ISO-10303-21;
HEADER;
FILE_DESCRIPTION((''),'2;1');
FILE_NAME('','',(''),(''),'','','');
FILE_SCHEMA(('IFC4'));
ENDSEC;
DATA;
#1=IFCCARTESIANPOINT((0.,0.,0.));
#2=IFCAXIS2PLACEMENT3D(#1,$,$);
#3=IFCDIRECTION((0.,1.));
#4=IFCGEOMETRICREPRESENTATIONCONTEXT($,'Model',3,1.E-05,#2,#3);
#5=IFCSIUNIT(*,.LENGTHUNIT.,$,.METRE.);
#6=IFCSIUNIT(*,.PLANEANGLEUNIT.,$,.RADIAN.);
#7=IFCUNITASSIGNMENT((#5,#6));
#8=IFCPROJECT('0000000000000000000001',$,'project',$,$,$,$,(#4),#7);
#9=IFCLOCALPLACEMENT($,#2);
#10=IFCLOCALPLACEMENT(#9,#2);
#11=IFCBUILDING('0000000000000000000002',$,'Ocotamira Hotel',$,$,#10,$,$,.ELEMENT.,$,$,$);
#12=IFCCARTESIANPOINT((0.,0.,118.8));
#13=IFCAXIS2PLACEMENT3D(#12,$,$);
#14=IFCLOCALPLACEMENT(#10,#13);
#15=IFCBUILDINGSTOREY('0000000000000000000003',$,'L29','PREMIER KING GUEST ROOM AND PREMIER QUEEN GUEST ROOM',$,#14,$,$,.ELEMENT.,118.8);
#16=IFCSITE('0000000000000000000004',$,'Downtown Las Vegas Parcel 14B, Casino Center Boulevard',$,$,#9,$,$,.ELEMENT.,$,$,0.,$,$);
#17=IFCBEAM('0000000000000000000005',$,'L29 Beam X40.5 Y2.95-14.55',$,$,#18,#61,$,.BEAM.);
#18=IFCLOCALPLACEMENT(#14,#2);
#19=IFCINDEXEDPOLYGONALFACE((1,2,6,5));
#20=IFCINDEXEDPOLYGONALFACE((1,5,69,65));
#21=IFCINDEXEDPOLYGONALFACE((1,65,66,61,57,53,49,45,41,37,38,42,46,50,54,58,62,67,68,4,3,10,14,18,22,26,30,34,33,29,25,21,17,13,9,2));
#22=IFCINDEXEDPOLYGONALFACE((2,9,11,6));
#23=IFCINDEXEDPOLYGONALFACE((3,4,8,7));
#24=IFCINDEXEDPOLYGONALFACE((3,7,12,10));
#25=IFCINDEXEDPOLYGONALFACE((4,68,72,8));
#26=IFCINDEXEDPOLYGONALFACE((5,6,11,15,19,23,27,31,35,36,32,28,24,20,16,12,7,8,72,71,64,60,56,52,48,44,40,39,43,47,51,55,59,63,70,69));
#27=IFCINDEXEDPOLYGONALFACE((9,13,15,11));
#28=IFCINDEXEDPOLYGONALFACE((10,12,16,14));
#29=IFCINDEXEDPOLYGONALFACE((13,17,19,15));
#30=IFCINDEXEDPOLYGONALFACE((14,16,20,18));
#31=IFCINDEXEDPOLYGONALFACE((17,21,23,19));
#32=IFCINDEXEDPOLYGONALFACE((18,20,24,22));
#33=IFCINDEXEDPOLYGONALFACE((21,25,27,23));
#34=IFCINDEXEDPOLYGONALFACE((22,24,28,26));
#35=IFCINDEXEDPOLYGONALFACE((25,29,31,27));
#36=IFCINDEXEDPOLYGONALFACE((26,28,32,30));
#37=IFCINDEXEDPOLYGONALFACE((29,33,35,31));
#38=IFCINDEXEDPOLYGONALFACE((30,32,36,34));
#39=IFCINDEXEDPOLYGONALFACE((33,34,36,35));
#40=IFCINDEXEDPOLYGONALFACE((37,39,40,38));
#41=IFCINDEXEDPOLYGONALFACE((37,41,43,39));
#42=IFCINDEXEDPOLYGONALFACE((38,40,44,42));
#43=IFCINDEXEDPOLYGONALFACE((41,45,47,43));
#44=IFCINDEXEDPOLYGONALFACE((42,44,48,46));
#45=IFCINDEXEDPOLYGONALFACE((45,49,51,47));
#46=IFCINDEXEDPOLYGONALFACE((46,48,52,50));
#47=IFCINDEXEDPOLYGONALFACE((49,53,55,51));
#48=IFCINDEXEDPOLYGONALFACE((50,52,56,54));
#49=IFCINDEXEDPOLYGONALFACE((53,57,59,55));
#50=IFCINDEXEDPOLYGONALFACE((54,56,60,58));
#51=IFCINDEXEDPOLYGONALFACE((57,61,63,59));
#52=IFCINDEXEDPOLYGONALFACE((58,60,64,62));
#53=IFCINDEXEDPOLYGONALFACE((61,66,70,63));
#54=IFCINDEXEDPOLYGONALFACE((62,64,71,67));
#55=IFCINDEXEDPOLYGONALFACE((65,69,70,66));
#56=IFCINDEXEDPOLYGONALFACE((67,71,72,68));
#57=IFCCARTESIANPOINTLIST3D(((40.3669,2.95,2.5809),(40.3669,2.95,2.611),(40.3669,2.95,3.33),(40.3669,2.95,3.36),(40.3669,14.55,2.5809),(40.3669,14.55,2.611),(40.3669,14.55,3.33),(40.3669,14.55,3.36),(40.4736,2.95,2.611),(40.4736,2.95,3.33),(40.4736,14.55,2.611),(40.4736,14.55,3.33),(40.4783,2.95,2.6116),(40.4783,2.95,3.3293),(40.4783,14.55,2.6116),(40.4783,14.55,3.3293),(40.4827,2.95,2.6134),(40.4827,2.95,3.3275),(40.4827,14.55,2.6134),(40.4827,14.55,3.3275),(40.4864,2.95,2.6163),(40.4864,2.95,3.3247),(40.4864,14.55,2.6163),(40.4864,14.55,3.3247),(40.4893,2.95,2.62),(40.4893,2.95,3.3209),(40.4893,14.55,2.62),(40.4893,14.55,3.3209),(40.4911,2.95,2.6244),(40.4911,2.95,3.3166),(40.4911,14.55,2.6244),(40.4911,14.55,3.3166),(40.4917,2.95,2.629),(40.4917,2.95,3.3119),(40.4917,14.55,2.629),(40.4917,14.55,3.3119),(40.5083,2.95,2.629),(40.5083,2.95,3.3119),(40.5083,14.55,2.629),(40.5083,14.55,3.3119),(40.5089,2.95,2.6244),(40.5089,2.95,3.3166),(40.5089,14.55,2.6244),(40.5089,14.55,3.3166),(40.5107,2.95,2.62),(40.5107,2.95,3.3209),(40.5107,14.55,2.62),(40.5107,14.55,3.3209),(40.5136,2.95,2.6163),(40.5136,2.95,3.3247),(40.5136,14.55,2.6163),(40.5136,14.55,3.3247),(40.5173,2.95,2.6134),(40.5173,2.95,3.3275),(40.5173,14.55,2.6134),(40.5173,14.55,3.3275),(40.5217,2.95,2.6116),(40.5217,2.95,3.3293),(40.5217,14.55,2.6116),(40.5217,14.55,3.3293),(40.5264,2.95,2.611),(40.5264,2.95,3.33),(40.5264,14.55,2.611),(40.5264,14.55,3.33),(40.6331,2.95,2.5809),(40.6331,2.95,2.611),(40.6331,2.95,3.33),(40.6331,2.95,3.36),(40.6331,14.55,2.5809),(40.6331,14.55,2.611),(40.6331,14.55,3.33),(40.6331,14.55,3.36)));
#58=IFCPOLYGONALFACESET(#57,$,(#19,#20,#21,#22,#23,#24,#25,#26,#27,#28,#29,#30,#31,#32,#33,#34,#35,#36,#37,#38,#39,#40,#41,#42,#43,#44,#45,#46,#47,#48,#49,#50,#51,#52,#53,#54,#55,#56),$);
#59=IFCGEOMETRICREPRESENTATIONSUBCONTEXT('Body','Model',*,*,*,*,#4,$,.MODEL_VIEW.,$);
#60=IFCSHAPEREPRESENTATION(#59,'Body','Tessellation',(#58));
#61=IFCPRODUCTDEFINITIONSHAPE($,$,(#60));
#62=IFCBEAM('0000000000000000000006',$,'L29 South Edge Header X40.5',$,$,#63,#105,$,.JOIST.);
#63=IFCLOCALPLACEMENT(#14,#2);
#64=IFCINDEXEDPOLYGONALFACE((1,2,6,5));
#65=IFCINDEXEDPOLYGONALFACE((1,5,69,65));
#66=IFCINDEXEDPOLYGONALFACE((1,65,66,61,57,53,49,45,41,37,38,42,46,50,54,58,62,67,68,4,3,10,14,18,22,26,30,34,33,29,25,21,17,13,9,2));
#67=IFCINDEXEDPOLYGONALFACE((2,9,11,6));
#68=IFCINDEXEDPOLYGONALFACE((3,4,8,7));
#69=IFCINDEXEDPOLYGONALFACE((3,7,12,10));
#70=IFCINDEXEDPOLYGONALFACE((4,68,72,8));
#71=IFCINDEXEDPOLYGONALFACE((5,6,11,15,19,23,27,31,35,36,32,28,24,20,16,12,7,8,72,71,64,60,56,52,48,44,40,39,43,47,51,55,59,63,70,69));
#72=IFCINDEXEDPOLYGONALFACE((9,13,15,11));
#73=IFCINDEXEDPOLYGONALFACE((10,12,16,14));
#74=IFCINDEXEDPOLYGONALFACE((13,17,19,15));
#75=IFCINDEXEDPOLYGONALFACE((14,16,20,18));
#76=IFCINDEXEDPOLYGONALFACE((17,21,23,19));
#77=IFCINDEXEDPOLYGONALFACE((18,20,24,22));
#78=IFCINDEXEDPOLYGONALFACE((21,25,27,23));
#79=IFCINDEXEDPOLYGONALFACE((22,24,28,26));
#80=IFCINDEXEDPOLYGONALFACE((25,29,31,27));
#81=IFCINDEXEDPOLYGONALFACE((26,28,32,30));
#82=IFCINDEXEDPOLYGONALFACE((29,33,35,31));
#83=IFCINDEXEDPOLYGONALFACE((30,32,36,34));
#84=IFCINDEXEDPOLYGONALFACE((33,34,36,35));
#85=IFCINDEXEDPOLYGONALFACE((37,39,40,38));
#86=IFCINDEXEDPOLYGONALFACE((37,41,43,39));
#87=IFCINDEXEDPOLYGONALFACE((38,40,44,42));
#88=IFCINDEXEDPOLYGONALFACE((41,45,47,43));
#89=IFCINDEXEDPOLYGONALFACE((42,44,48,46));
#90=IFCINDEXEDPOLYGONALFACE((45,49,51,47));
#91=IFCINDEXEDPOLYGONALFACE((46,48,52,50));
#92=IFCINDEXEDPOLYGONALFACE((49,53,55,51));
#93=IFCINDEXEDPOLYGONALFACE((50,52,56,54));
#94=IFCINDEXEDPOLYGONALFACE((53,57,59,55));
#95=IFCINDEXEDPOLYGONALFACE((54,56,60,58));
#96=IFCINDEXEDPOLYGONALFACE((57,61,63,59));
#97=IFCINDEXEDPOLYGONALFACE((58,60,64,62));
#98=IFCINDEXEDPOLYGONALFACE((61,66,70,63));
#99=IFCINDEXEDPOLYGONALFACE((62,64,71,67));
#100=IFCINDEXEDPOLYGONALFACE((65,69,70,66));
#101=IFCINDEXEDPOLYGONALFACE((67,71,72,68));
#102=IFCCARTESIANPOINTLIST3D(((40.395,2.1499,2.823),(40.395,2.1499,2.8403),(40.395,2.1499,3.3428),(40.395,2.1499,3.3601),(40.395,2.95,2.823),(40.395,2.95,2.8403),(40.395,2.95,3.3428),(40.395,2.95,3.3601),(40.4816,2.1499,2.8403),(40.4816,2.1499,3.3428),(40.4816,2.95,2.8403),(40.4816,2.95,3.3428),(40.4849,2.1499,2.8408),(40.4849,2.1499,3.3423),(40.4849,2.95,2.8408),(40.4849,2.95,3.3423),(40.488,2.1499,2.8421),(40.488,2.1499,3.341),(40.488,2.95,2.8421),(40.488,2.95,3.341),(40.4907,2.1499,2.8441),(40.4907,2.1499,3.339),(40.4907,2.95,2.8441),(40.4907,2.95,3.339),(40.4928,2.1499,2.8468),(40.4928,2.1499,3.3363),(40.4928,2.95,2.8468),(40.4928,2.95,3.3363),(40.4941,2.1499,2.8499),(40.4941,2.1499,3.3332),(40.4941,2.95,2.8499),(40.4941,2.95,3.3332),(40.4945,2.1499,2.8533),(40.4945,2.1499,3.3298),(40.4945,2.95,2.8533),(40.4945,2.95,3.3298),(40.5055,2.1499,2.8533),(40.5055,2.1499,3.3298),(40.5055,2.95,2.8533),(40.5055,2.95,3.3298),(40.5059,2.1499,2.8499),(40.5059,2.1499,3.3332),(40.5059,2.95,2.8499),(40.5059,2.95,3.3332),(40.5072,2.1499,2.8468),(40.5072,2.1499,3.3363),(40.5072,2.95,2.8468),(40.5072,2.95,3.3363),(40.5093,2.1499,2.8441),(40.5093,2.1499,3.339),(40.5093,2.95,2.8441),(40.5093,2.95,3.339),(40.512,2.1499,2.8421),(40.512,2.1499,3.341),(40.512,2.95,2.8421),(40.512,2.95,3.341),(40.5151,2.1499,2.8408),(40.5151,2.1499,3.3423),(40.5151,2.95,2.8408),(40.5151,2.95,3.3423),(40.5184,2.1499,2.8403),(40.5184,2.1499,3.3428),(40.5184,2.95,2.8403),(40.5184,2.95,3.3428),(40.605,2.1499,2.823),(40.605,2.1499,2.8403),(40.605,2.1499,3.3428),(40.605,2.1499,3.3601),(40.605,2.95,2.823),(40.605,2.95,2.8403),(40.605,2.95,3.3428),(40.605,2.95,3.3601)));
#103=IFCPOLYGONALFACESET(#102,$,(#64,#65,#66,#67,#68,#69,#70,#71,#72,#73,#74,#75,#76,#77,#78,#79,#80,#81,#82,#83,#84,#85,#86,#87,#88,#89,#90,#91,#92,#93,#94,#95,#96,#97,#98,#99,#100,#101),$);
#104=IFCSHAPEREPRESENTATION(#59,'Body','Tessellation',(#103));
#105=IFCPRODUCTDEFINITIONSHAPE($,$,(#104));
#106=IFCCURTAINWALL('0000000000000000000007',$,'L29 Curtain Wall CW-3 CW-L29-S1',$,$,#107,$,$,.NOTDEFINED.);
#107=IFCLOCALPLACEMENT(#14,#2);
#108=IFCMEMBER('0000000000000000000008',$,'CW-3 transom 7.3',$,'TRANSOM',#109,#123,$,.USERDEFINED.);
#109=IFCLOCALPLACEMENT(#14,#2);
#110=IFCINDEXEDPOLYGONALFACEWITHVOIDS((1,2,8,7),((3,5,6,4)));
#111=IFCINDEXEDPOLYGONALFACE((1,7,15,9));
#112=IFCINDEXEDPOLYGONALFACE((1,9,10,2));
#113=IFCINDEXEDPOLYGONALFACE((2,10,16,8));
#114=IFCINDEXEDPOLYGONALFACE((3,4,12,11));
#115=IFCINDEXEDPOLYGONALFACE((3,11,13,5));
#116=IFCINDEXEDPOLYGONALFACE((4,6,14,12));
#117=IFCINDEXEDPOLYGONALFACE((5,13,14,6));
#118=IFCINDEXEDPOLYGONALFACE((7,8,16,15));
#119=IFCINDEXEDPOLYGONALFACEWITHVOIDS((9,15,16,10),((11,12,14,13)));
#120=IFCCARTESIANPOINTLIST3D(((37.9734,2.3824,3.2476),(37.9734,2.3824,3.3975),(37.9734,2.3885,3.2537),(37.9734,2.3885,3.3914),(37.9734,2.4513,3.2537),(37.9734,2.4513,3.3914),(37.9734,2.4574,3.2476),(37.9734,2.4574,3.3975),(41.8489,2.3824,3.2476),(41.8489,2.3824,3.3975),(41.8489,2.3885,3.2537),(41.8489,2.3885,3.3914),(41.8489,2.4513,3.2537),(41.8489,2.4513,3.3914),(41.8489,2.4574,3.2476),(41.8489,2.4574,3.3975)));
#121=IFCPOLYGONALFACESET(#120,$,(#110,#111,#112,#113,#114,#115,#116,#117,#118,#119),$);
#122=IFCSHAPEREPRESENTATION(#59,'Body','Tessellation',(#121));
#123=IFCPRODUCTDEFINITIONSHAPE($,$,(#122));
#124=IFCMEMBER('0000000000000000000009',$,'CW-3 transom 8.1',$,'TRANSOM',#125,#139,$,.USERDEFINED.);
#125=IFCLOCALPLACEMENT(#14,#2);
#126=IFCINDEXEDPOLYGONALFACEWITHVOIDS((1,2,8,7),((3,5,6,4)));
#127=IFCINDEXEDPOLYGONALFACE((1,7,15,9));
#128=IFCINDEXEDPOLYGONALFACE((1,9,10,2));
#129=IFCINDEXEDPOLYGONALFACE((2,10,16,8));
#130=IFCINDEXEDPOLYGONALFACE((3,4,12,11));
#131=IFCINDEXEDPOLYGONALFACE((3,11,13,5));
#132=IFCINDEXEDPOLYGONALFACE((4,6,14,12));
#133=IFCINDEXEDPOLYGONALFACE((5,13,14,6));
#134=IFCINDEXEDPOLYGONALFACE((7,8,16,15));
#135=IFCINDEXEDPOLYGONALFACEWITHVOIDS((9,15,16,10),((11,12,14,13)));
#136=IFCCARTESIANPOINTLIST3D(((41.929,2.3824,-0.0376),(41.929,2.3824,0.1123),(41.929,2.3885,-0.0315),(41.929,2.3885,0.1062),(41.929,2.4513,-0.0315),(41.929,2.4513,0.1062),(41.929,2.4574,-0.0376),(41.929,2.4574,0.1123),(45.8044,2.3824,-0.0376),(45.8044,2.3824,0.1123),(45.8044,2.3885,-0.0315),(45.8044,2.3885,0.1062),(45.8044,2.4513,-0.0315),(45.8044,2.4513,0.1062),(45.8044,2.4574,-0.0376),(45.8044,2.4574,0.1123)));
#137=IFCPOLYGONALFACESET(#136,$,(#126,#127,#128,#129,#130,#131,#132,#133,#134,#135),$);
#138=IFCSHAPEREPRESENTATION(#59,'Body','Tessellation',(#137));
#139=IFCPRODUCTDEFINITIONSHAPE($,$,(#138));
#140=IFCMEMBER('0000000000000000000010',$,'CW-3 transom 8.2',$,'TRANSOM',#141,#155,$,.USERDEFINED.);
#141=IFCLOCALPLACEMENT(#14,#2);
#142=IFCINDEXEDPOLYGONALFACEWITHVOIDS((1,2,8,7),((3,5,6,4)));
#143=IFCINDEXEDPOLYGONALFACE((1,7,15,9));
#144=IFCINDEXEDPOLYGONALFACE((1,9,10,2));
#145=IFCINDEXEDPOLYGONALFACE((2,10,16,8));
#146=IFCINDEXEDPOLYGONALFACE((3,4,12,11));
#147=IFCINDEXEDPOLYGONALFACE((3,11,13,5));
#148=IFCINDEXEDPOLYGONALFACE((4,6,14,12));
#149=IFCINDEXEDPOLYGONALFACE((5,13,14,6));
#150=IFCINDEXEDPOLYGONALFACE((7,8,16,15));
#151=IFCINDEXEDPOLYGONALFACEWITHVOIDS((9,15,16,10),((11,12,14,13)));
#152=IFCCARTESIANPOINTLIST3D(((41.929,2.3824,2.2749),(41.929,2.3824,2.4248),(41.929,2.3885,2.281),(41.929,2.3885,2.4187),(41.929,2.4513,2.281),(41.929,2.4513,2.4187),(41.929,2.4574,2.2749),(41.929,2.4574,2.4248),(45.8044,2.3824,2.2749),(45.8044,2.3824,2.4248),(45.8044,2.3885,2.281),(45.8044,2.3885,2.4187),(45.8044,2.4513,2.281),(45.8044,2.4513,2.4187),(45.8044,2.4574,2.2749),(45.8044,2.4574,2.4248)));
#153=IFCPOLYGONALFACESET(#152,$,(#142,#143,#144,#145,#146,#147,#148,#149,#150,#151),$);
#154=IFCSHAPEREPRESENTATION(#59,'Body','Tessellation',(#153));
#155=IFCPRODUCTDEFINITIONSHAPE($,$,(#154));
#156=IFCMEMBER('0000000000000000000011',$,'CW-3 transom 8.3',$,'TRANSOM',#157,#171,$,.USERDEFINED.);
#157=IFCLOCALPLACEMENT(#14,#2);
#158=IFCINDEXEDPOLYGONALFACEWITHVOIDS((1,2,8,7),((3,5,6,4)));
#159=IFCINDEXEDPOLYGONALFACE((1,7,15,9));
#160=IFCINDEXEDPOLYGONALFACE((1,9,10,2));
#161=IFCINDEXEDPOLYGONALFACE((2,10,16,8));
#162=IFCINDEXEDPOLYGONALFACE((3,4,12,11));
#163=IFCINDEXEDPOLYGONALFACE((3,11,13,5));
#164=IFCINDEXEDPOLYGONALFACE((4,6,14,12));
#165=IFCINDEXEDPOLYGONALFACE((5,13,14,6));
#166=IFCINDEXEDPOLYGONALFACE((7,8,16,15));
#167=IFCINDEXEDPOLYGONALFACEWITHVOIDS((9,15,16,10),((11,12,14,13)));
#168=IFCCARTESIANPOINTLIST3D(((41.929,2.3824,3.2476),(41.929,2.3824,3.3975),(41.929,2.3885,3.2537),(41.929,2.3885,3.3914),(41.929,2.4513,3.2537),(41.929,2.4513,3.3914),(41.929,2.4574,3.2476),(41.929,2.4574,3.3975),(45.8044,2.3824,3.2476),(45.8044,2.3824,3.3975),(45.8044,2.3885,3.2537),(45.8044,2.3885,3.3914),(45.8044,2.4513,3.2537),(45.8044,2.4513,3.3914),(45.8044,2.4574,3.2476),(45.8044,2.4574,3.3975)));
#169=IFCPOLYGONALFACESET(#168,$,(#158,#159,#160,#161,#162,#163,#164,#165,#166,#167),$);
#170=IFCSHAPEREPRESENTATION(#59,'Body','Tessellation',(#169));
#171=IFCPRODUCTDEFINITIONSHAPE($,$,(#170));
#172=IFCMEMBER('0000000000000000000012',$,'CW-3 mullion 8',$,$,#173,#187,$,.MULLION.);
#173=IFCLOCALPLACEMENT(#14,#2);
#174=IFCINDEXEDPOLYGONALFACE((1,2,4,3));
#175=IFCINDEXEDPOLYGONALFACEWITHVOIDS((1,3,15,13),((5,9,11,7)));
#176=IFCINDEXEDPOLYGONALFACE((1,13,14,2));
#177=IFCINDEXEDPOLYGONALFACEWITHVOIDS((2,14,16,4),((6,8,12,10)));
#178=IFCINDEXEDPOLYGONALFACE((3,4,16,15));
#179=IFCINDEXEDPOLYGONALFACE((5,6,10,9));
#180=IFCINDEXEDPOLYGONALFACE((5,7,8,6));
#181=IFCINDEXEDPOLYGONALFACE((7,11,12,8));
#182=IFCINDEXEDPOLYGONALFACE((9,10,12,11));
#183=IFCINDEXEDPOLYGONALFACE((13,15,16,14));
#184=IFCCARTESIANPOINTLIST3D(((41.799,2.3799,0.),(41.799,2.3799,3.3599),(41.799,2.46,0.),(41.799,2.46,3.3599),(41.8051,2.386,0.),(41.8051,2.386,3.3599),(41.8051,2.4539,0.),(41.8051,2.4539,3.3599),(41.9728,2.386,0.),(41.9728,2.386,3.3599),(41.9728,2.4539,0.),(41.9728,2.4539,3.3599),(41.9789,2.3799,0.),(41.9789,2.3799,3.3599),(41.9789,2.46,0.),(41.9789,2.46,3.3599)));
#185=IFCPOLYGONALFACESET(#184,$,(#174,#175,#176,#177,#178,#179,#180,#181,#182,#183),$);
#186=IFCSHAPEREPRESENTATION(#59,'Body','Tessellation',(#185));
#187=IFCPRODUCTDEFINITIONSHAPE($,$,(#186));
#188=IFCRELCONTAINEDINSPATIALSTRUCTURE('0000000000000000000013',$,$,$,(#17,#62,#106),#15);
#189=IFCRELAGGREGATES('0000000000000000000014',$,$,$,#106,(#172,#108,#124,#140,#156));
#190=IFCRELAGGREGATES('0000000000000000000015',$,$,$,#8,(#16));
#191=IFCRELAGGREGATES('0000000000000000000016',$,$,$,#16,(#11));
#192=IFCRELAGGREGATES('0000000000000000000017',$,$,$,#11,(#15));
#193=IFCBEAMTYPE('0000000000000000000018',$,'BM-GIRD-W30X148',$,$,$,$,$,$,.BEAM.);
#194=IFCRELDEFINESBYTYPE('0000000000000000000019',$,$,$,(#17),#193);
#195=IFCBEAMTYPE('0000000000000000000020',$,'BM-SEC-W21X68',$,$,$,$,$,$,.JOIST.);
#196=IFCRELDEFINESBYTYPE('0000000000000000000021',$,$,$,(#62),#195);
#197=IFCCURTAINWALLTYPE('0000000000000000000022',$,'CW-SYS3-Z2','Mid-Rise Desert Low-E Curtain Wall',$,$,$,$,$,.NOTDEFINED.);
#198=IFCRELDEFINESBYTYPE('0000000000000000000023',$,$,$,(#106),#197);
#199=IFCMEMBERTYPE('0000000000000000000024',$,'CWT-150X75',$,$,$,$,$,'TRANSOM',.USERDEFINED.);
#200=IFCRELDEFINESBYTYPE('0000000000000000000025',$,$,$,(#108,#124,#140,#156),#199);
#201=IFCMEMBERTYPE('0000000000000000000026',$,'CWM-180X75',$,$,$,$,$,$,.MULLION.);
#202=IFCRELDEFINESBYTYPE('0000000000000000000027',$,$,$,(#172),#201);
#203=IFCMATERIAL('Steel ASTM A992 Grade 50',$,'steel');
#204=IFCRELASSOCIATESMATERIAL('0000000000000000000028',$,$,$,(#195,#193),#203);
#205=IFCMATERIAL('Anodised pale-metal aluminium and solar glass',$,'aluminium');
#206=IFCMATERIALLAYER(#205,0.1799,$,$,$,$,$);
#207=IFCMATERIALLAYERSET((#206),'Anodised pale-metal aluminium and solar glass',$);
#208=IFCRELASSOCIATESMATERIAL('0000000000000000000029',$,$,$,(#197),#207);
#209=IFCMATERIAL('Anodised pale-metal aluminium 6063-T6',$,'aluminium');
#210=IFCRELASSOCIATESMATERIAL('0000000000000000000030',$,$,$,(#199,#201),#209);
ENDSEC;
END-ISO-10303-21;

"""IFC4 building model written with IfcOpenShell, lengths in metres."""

from ifc_helpers import new_model, si_unit, direction, frame, origin, origin_2d, place, context, subcontext, project, spatial, hollow_rectangle, i_section, extrude, source, transform, mapped, material, layer, layer_set, material_profile, profile_set, type_object, element, aggregate, save


model = new_model("IFC4")

# Units and contexts
model_context = context("Model", 3, precision=1e-05, world=origin(), true_north=direction((0.0, 1.0)))
body_context = subcontext(model_context, "Body", "Model", "MODEL_VIEW")
ifc_project = project(units=[si_unit("LENGTHUNIT", "METRE"), si_unit("PLANEANGLEUNIT", "RADIAN")], contexts=[model_context])

# Site, building, storey
site_placement = place(None, origin())
site = spatial("IfcSite", under=ifc_project, at=site_placement, Name="Downtown Las Vegas Parcel 14B, Casino Center Boulevard", CompositionType="ELEMENT", RefElevation=0.0)
building_placement = place(site_placement, origin())
building = spatial("IfcBuilding", under=site, at=building_placement, Name="Ocotamira Hotel", CompositionType="ELEMENT")
storey_placement = place(building_placement, frame((0.0, 0.0, 118.8)))
storey = spatial("IfcBuildingStorey", under=building, at=storey_placement, Name="L29", Description="PREMIER KING GUEST ROOM AND PREMIER QUEEN GUEST ROOM", CompositionType="ELEMENT", Elevation=118.8)

# Beams
ifc_material_1 = material(Name="Steel ASTM A992 Grade 50", Category="steel")
ifc_material_profile_1 = material_profile(ifc_material_1, i_section(OverallWidth=0.21, OverallDepth=0.5371, WebThickness=0.011, FlangeThickness=0.0173, FilletRadius=0.0129, at=origin_2d()), Name="W21X68")
ifc_profile_set_1 = profile_set([ifc_material_profile_1], Name="Steel ASTM A992 Grade 50")
beam_type_1 = type_object("IfcBeamType", Name="BM-SEC-W21X68", PredefinedType="JOIST", material=ifc_profile_set_1)
ifc_material_profile_2 = material_profile(ifc_material_1, i_section(OverallWidth=0.2661, OverallDepth=0.7791, WebThickness=0.0166, FlangeThickness=0.03, FilletRadius=0.0181, at=origin_2d()), Name="W30X148")
ifc_profile_set_2 = profile_set([ifc_material_profile_2], Name="Steel ASTM A992 Grade 50")
beam_type_2 = type_object("IfcBeamType", Name="BM-GIRD-W30X148", PredefinedType="BEAM", material=ifc_profile_set_2)
shared_shape_1 = source(origin(), body_context, "Body", "SweptSolid", [
    extrude(i_section(OverallWidth=0.2661, OverallDepth=0.7791, WebThickness=0.0166, FlangeThickness=0.03, FilletRadius=0.0181, at=origin_2d()), origin(), (0.0, 0.0, 1.0), 11.6001),
])
beam_1_placement = place(storey_placement, frame((40.5, 2.95, 2.9705), z_axis=(0.0, 1.0, 0.0), x_axis=(-1.0, 0.0, 0.0)))
element("IfcBeam", 1, at=beam_1_placement, inside=storey, type_object=beam_type_2, Name="L29 Beam X40.5 Y2.95-14.55", PredefinedType="BEAM", context=body_context, shape_type="MappedRepresentation", body=[
    mapped(shared_shape_1, transform((0.0, 0.0, 0.0), scale=1.0)),
])
shared_shape_2 = source(origin(), body_context, "Body", "SweptSolid", [
    extrude(i_section(OverallWidth=0.21, OverallDepth=0.5371, WebThickness=0.011, FlangeThickness=0.0173, FilletRadius=0.0129, at=origin_2d()), origin(), (0.0, 0.0, 1.0), 0.8),
])
beam_2_placement = place(storey_placement, frame((40.5, 2.95, 3.0916), z_axis=(0.0, -1.0, 0.0), x_axis=(1.0, 0.0, 0.0)))
element("IfcBeam", 2, at=beam_2_placement, inside=storey, type_object=beam_type_1, Name="L29 South Edge Header X40.5", PredefinedType="JOIST", context=body_context, shape_type="MappedRepresentation", body=[
    mapped(shared_shape_2, transform((0.0, 0.0, 0.0), scale=1.0)),
])

# Curtain wall, members
ifc_material_2 = material(Name="Anodised pale-metal aluminium and solar glass", Category="aluminium")
ifc_layer_1 = layer(ifc_material_2, 0.1799)
ifc_layer_set_1 = layer_set([ifc_layer_1], Name="Anodised pale-metal aluminium and solar glass")
curtain_wall_type = type_object("IfcCurtainWallType", Name="CW-SYS3-Z2", Description="Mid-Rise Desert Low-E Curtain Wall", PredefinedType="NOTDEFINED", material=ifc_layer_set_1)
curtain_wall_placement = place(storey_placement, origin())
curtain_wall = element("IfcCurtainWall", 3, at=curtain_wall_placement, inside=storey, type_object=curtain_wall_type, Name="L29 Curtain Wall CW-3 CW-L29-S1", PredefinedType="NOTDEFINED")
ifc_material_3 = material(Name="Anodised pale-metal aluminium 6063-T6", Category="aluminium")
ifc_material_profile_3 = material_profile(ifc_material_3, hollow_rectangle(XDim=0.075, YDim=0.1499, WallThickness=0.0061, at=origin_2d()), Name="HSS150X75X6")
ifc_profile_set_3 = profile_set([ifc_material_profile_3], Name="Anodised pale-metal aluminium 6063-T6")
member_type_1 = type_object("IfcMemberType", Name="CWT-150X75", ElementType="TRANSOM", PredefinedType="USERDEFINED", material=ifc_profile_set_3)
shared_shape_3 = source(origin(), body_context, "Body", "SweptSolid", [
    extrude(hollow_rectangle(XDim=0.075, YDim=0.1499, WallThickness=0.0061, at=origin_2d()), origin(), (0.0, 0.0, 1.0), 3.8755),
])
member_1_placement = place(storey_placement, frame((37.9734, 2.4199, 3.3225), z_axis=(1.0, 0.0, 0.0), x_axis=(0.0, 1.0, 0.0)))
member_1 = element("IfcMember", 4, at=member_1_placement, type_object=member_type_1, Name="CW-3 transom 7.3", ObjectType="TRANSOM", PredefinedType="USERDEFINED", context=body_context, shape_type="MappedRepresentation", body=[
    mapped(shared_shape_3, transform((0.0, 0.0, 0.0), scale=1.0)),
])
member_2_placement = place(storey_placement, frame((41.929, 2.4199, 0.0374), z_axis=(1.0, 0.0, 0.0), x_axis=(0.0, 1.0, 0.0)))
member_2 = element("IfcMember", 5, at=member_2_placement, type_object=member_type_1, Name="CW-3 transom 8.1", ObjectType="TRANSOM", PredefinedType="USERDEFINED", context=body_context, shape_type="MappedRepresentation", body=[
    mapped(shared_shape_3, transform((0.0, 0.0, 0.0), scale=1.0)),
])
member_3_placement = place(storey_placement, frame((41.929, 2.4199, 2.3499), z_axis=(1.0, 0.0, 0.0), x_axis=(0.0, 1.0, 0.0)))
member_3 = element("IfcMember", 6, at=member_3_placement, type_object=member_type_1, Name="CW-3 transom 8.2", ObjectType="TRANSOM", PredefinedType="USERDEFINED", context=body_context, shape_type="MappedRepresentation", body=[
    mapped(shared_shape_3, transform((0.0, 0.0, 0.0), scale=1.0)),
])
member_4_placement = place(storey_placement, frame((41.929, 2.4199, 3.3225), z_axis=(1.0, 0.0, 0.0), x_axis=(0.0, 1.0, 0.0)))
member_4 = element("IfcMember", 7, at=member_4_placement, type_object=member_type_1, Name="CW-3 transom 8.3", ObjectType="TRANSOM", PredefinedType="USERDEFINED", context=body_context, shape_type="MappedRepresentation", body=[
    mapped(shared_shape_3, transform((0.0, 0.0, 0.0), scale=1.0)),
])
ifc_material_profile_4 = material_profile(ifc_material_3, hollow_rectangle(XDim=0.0801, YDim=0.1799, WallThickness=0.0061, at=origin_2d()), Name="HSS180X80X6")
ifc_profile_set_4 = profile_set([ifc_material_profile_4], Name="Anodised pale-metal aluminium 6063-T6")
member_type_2 = type_object("IfcMemberType", Name="CWM-180X75", PredefinedType="MULLION", material=ifc_profile_set_4)
shared_shape_4 = source(origin(), body_context, "Body", "SweptSolid", [
    extrude(hollow_rectangle(XDim=0.0801, YDim=0.1799, WallThickness=0.0061, at=origin_2d()), origin(), (0.0, 0.0, 1.0), 3.3599),
])
member_5_placement = place(storey_placement, frame((41.8889, 2.4199, 0.0), z_axis=(0.0, 0.0, 1.0), x_axis=(0.0, 1.0, 0.0)))
member_5 = element("IfcMember", 8, at=member_5_placement, type_object=member_type_2, Name="CW-3 mullion 8", PredefinedType="MULLION", context=body_context, shape_type="MappedRepresentation", body=[
    mapped(shared_shape_4, transform((0.0, 0.0, 0.0), scale=1.0)),
])
aggregate(curtain_wall, [member_5, member_1, member_2, member_3, member_4])

save(model, "model.ifc")
